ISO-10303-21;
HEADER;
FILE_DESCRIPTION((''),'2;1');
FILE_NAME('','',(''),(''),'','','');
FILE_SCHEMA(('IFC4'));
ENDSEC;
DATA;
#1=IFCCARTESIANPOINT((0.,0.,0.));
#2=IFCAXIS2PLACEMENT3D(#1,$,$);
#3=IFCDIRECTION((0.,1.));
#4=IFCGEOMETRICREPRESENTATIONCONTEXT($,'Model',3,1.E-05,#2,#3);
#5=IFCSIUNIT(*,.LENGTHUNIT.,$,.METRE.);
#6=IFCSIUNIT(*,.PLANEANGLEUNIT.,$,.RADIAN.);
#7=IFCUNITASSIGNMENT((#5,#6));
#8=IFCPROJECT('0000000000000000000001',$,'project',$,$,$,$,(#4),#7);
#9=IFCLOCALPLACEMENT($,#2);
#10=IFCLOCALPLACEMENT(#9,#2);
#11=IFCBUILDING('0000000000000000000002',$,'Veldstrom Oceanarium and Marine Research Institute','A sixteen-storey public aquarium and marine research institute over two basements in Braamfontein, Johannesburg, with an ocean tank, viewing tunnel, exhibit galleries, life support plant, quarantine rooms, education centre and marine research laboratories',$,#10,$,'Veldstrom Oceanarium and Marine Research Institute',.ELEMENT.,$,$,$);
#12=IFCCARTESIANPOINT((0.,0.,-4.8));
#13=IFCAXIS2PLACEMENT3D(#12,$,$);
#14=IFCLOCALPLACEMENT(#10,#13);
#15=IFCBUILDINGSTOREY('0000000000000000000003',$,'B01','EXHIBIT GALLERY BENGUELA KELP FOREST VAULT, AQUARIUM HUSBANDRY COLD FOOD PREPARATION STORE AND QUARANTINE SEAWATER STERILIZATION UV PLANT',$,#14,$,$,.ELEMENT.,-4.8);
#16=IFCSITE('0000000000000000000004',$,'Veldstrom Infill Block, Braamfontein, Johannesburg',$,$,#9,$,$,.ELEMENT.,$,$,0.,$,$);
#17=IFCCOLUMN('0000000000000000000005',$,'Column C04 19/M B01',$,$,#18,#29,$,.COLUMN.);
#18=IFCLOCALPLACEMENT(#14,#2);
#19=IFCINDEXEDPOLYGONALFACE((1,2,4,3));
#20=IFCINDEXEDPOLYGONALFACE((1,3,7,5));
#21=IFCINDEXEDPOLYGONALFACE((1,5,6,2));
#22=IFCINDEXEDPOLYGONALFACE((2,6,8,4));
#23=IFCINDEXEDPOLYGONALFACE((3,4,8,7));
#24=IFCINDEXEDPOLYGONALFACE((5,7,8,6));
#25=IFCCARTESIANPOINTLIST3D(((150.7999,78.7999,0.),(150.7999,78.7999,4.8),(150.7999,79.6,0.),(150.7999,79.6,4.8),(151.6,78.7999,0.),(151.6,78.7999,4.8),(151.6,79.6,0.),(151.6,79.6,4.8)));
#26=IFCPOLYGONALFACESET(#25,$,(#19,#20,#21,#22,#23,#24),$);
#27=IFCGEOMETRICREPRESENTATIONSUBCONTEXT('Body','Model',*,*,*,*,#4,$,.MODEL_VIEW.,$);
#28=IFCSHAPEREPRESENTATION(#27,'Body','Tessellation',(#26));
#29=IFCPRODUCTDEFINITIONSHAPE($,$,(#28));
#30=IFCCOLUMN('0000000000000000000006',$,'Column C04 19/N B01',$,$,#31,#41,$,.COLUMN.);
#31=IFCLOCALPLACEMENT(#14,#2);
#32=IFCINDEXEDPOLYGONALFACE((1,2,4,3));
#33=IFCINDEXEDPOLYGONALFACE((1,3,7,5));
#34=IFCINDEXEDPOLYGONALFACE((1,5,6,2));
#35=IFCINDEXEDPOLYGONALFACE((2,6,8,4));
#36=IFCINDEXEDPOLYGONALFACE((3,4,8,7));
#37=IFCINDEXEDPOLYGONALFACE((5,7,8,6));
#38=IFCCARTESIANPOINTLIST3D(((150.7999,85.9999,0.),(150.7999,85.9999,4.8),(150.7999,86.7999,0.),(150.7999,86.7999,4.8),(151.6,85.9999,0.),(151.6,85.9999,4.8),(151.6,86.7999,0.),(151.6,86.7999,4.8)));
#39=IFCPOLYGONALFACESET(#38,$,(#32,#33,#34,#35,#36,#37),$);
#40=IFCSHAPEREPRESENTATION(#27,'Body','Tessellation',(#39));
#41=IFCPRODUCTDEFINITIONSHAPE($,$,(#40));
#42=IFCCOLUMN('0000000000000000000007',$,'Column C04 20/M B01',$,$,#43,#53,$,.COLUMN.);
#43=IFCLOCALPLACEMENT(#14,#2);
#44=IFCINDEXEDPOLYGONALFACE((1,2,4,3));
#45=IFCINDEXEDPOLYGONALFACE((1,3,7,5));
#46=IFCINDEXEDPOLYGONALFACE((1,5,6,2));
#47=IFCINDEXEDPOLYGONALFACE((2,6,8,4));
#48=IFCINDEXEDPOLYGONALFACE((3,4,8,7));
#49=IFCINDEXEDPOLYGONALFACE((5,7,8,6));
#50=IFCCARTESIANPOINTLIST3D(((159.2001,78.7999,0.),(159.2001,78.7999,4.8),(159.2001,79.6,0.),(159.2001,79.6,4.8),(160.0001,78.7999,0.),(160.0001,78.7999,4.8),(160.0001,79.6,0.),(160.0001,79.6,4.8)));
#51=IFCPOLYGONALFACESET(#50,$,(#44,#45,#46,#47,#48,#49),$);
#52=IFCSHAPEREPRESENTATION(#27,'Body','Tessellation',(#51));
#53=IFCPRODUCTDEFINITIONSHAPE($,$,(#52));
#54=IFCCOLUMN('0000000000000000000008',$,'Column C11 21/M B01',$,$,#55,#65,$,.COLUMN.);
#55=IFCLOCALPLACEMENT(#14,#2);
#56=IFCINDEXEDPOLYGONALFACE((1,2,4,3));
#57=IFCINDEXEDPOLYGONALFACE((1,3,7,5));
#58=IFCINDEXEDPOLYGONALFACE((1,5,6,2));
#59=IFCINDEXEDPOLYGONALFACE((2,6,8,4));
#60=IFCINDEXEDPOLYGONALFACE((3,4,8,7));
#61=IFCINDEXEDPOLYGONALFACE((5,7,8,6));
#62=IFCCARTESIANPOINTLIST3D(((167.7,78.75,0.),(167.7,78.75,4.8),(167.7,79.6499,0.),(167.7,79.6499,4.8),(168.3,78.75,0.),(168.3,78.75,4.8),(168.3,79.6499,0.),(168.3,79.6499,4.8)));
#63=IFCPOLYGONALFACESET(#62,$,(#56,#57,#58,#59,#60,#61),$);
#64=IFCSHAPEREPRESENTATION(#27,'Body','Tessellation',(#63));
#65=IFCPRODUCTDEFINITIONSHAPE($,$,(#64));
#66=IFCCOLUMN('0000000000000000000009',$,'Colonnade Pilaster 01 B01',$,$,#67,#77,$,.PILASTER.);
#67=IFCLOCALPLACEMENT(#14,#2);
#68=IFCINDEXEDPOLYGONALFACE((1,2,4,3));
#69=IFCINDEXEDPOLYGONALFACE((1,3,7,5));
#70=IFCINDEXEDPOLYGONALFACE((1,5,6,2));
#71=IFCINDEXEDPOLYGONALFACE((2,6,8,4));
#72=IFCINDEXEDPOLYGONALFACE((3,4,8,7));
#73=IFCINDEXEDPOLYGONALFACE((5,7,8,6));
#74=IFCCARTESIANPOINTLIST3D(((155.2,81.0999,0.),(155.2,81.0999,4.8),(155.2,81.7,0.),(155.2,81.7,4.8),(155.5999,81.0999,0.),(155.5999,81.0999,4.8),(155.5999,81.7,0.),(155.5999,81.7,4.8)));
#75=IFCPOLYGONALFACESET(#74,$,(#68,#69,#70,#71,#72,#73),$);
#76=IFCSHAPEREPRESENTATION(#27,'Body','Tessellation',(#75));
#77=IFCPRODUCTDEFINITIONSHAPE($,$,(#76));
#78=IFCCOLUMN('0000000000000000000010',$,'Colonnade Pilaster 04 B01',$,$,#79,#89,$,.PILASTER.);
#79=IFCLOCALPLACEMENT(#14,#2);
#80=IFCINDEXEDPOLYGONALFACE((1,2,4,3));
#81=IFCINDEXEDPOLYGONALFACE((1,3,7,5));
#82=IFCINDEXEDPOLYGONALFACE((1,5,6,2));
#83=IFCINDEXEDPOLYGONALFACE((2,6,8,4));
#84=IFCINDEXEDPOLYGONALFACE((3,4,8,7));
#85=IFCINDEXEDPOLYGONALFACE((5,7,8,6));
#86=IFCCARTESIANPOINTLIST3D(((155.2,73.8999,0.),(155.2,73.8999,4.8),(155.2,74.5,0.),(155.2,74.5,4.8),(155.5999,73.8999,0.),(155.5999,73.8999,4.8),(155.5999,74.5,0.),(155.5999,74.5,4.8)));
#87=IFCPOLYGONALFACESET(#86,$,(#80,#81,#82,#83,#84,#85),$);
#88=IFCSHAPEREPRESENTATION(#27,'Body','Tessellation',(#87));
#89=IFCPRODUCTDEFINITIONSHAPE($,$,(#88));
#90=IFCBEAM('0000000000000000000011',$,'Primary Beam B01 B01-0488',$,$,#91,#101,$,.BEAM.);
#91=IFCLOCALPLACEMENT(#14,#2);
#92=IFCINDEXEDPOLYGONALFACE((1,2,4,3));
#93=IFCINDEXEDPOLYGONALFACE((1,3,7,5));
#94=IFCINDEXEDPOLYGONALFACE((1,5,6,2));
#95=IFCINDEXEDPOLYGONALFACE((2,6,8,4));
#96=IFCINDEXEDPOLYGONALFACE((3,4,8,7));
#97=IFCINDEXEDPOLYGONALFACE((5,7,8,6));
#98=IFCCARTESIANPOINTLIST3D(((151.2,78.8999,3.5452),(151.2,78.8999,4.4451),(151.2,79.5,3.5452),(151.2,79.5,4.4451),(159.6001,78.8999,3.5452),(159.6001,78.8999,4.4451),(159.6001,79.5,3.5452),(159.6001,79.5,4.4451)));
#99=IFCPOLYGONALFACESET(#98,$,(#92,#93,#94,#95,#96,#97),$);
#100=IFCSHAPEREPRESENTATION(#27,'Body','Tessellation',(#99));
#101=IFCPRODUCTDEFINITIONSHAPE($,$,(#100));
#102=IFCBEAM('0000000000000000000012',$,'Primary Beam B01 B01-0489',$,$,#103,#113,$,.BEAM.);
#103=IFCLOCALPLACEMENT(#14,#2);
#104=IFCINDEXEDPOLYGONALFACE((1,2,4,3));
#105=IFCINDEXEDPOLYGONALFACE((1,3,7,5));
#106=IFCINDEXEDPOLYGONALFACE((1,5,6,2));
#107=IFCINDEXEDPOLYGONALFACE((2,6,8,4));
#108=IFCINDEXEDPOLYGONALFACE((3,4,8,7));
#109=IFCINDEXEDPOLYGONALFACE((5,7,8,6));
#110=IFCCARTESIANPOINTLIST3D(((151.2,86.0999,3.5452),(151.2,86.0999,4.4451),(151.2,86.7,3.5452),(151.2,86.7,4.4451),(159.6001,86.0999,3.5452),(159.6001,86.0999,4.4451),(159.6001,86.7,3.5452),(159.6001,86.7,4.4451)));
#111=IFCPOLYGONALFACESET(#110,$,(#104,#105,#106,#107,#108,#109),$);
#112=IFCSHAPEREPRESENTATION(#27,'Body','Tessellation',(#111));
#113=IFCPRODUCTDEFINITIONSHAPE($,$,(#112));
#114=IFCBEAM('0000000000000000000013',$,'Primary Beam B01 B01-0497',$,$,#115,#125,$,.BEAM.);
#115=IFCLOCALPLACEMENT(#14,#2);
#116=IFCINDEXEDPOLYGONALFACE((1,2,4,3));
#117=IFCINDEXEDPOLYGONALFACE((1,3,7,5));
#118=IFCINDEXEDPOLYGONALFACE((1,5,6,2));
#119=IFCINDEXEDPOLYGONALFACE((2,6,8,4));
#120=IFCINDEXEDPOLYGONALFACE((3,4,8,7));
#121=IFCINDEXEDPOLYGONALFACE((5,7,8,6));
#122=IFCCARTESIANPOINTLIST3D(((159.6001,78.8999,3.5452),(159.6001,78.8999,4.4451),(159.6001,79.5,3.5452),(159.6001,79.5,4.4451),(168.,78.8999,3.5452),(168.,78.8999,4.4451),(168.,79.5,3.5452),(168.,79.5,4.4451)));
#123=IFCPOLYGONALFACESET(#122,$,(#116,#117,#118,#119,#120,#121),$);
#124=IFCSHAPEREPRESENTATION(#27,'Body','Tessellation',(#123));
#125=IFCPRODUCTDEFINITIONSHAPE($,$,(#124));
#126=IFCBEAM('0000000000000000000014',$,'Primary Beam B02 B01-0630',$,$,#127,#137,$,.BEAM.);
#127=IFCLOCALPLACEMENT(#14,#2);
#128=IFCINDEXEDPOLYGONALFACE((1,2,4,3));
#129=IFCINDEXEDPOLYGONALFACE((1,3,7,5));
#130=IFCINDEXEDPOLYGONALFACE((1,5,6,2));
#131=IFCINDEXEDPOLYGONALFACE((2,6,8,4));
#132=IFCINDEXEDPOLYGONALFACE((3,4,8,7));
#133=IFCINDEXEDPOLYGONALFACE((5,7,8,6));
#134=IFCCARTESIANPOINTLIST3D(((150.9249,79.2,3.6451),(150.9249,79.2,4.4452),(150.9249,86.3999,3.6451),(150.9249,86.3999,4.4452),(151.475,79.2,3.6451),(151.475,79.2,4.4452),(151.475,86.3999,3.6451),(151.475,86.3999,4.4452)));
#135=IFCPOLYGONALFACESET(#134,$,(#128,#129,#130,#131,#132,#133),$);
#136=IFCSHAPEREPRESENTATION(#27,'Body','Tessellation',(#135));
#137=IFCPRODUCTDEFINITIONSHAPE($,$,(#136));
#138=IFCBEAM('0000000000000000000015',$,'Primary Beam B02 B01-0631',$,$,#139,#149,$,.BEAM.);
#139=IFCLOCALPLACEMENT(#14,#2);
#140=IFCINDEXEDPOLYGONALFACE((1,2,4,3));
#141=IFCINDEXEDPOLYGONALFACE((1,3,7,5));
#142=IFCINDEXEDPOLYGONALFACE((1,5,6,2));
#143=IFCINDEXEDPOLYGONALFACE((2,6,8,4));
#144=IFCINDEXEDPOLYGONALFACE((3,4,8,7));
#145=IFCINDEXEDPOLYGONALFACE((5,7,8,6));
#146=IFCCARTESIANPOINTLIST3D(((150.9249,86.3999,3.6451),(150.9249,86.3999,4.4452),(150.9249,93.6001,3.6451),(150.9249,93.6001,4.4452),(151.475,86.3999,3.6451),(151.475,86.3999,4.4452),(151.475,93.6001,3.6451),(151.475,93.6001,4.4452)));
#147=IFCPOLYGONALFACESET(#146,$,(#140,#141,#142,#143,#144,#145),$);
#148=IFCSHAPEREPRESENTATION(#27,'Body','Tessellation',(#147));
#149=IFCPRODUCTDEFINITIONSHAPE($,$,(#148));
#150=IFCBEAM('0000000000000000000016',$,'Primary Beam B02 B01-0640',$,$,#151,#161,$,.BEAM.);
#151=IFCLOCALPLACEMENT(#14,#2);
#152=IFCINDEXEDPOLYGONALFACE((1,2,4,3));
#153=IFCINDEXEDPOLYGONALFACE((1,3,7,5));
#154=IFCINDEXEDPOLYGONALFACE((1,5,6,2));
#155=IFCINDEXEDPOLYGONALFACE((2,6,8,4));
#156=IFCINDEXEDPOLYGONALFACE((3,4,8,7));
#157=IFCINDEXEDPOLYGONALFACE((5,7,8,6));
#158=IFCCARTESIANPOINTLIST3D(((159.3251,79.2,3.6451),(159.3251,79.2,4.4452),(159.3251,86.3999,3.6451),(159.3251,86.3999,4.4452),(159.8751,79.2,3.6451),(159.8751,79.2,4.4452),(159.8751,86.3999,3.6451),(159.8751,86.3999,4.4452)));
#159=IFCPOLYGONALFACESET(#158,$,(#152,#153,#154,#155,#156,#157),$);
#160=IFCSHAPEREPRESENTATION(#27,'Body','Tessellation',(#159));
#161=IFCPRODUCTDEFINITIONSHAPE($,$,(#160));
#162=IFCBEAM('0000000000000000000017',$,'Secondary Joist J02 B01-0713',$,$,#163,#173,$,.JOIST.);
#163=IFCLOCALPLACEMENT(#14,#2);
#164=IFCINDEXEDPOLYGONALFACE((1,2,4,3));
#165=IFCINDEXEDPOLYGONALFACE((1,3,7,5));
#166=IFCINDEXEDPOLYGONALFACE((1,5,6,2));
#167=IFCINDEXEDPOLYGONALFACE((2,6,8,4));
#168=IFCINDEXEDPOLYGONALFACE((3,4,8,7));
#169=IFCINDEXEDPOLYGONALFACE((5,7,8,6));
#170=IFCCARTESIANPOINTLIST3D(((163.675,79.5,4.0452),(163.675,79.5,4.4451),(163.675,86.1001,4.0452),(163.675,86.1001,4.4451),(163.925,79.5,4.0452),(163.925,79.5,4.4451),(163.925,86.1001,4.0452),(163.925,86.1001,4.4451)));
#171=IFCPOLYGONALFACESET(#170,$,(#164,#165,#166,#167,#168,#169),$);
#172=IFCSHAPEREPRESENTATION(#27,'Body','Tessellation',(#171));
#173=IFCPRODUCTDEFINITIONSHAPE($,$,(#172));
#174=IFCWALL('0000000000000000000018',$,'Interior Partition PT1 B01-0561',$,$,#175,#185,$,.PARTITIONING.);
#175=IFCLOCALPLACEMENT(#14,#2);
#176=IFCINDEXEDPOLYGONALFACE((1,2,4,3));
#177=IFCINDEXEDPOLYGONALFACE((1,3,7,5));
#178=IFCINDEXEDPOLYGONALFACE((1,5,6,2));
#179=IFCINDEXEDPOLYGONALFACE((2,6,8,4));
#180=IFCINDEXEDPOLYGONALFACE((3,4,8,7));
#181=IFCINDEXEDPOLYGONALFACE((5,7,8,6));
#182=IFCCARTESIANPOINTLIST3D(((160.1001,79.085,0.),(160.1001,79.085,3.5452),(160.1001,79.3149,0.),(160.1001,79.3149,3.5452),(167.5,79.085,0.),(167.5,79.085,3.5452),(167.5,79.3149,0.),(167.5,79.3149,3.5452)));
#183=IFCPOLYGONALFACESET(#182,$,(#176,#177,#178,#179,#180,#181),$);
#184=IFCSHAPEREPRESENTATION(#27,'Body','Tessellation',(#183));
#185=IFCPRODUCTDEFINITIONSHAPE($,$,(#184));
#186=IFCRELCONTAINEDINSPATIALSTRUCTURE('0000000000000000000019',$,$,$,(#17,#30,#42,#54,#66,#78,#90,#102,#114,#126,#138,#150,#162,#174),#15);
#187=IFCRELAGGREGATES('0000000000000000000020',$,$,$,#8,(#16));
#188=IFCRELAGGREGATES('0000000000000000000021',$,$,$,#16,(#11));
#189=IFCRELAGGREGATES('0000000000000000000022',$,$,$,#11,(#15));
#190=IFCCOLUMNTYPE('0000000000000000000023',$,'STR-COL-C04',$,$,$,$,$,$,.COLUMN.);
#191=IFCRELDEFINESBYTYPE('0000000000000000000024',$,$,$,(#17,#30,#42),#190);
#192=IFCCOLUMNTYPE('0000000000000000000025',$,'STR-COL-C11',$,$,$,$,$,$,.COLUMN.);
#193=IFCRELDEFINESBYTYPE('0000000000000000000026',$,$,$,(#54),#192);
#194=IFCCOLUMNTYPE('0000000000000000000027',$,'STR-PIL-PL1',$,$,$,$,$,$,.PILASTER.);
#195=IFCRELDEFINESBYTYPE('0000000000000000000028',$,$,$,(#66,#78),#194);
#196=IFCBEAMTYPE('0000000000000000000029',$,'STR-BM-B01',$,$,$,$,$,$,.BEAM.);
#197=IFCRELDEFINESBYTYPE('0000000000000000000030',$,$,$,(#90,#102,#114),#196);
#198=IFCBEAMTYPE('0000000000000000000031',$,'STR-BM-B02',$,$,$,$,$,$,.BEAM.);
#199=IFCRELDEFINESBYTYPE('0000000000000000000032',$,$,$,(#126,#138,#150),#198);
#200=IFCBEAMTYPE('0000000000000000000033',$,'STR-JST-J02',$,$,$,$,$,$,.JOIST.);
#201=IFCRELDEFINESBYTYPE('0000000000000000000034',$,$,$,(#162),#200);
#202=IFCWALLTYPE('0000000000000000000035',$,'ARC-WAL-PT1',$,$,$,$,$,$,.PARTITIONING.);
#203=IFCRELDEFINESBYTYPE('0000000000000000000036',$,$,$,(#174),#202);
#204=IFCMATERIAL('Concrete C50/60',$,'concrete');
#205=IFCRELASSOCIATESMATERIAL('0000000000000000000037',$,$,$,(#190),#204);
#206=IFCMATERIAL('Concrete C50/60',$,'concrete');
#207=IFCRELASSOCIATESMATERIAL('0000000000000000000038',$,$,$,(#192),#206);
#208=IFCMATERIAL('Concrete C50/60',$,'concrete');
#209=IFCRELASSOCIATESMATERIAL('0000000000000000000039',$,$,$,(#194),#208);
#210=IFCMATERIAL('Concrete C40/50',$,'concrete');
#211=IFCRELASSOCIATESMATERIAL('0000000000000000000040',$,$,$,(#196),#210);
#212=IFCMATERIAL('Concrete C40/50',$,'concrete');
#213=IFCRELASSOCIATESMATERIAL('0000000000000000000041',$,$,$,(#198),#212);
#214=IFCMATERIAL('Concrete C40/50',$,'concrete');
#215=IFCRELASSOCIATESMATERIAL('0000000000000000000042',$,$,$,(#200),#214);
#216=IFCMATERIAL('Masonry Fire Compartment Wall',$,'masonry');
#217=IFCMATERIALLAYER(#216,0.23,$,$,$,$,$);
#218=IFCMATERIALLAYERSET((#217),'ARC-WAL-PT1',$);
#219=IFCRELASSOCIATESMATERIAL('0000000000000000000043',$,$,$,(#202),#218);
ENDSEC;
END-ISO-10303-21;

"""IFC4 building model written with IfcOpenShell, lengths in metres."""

from ifc_helpers import new_model, si_unit, direction, frame, frame_2d, origin, origin_2d, place, context, subcontext, project, spatial, rectangle, extrude, material, layer, layer_set, material_profile, profile_set, type_object, element, save


model = new_model("IFC4")

# Units and contexts
model_context = context("Model", 3, precision=1e-05, world=origin(), true_north=direction((0.0, 1.0)))
body_context = subcontext(model_context, "Body", "Model", "MODEL_VIEW")
ifc_project = project(units=[si_unit("LENGTHUNIT", "METRE"), si_unit("PLANEANGLEUNIT", "RADIAN")], contexts=[model_context])

# Site, building, storey
site_placement = place(None, origin())
site = spatial("IfcSite", under=ifc_project, at=site_placement, Name="Veldstrom Infill Block, Braamfontein, Johannesburg", CompositionType="ELEMENT", RefElevation=0.0)
building_placement = place(site_placement, origin())
building = spatial("IfcBuilding", under=site, at=building_placement, Name="Veldstrom Oceanarium and Marine Research Institute", Description="A sixteen-storey public aquarium and marine research institute over two basements in Braamfontein, Johannesburg, with an ocean tank, viewing tunnel, exhibit galleries, life support plant, quarantine rooms, education centre and marine research laboratories", LongName="Veldstrom Oceanarium and Marine Research Institute", CompositionType="ELEMENT")
storey_placement = place(building_placement, frame((0.0, 0.0, -4.8)))
storey = spatial("IfcBuildingStorey", under=building, at=storey_placement, Name="B01", Description="EXHIBIT GALLERY BENGUELA KELP FOREST VAULT, AQUARIUM HUSBANDRY COLD FOOD PREPARATION STORE AND QUARANTINE SEAWATER STERILIZATION UV PLANT", CompositionType="ELEMENT", Elevation=-4.8)

# Columns
ifc_material_1 = material(Name="Concrete C50/60", Category="concrete")
ifc_material_profile_1 = material_profile(ifc_material_1, rectangle(XDim=0.8, YDim=0.8, at=origin_2d()), Name="RC-COL-800x800")
ifc_profile_set_1 = profile_set([ifc_material_profile_1], Name="Concrete C50/60")
column_type_1 = type_object("IfcColumnType", Name="STR-COL-C04", PredefinedType="COLUMN", material=ifc_profile_set_1)
for number, where, z_axis, x_axis, name in (
    (1, (151.2, 79.2, 0.0), (0.0, 0.0, 1.0), (1.0, 0.0, 0.0), "Column C04 19/M B01"),
    (2, (151.2, 86.3999, 0.0), (0.0, 0.0, 1.0), (1.0, 0.0, 0.0), "Column C04 19/N B01"),
    (3, (159.6001, 79.2, 0.0), (0.0, 0.0, 1.0), (1.0, 0.0, 0.0), "Column C04 20/M B01"),
):
    element("IfcColumn", number, at=place(storey_placement, frame(where, z_axis=z_axis, x_axis=x_axis)), inside=storey, type_object=column_type_1, Name=name, PredefinedType="COLUMN", context=body_context, shape_type="SweptSolid", body=[
        extrude(rectangle(XDim=0.8, YDim=0.8, at=origin_2d()), origin(), (0.0, 0.0, 1.0), 4.8),
    ])
ifc_material_2 = material(Name="Concrete C50/60", Category="concrete")
ifc_material_profile_2 = material_profile(ifc_material_2, rectangle(XDim=0.6001, YDim=0.8999, at=origin_2d()), Name="RC-COL-900x600")
ifc_profile_set_2 = profile_set([ifc_material_profile_2], Name="Concrete C50/60")
column_type_2 = type_object("IfcColumnType", Name="STR-COL-C11", PredefinedType="COLUMN", material=ifc_profile_set_2)
column_placement = place(storey_placement, frame((168.0, 79.2, 0.0), z_axis=(0.0, 0.0, 1.0), x_axis=(1.0, 0.0, 0.0)))
element("IfcColumn", 4, at=column_placement, inside=storey, type_object=column_type_2, Name="Column C11 21/M B01", PredefinedType="COLUMN", context=body_context, shape_type="SweptSolid", body=[
    extrude(rectangle(XDim=0.6001, YDim=0.8999, at=origin_2d()), origin(), (0.0, 0.0, 1.0), 4.8),
])
ifc_material_3 = material(Name="Concrete C50/60", Category="concrete")
ifc_material_profile_3 = material_profile(ifc_material_3, rectangle(XDim=0.3999, YDim=0.6001, at=origin_2d()), Name="RC-PIL-600x400")
ifc_profile_set_3 = profile_set([ifc_material_profile_3], Name="Concrete C50/60")
column_type_3 = type_object("IfcColumnType", Name="STR-PIL-PL1", PredefinedType="PILASTER", material=ifc_profile_set_3)
for number, where, z_axis, x_axis, name in (
    (5, (155.3999, 81.3999, 0.0), (0.0, 0.0, 1.0), (1.0, 0.0, 0.0), "Colonnade Pilaster 01 B01"),
    (6, (155.3999, 74.2, 0.0), (0.0, 0.0, 1.0), (1.0, 0.0, 0.0), "Colonnade Pilaster 04 B01"),
):
    element("IfcColumn", number, at=place(storey_placement, frame(where, z_axis=z_axis, x_axis=x_axis)), inside=storey, type_object=column_type_3, Name=name, PredefinedType="PILASTER", context=body_context, shape_type="SweptSolid", body=[
        extrude(rectangle(XDim=0.3999, YDim=0.6001, at=origin_2d()), origin(), (0.0, 0.0, 1.0), 4.8),
    ])

# Beams
ifc_material_4 = material(Name="Concrete C40/50", Category="concrete")
ifc_material_profile_4 = material_profile(ifc_material_4, rectangle(XDim=0.6001, YDim=0.8999, at=origin_2d()), Name="RC-BM-600x900")
ifc_profile_set_4 = profile_set([ifc_material_profile_4], Name="Concrete C40/50")
beam_type_1 = type_object("IfcBeamType", Name="STR-BM-B01", PredefinedType="BEAM", material=ifc_profile_set_4)
for number, where, z_axis, x_axis, name in (
    (7, (151.2, 79.2, 3.9951), (1.0, 0.0, 0.0), (0.0, 1.0, 0.0), "Primary Beam B01 B01-0488"),
    (8, (151.2, 86.3999, 3.9951), (1.0, 0.0, 0.0), (0.0, 1.0, 0.0), "Primary Beam B01 B01-0489"),
):
    element("IfcBeam", number, at=place(storey_placement, frame(where, z_axis=z_axis, x_axis=x_axis)), inside=storey, type_object=beam_type_1, Name=name, PredefinedType="BEAM", context=body_context, shape_type="SweptSolid", body=[
        extrude(rectangle(XDim=0.6001, YDim=0.8999, at=origin_2d()), origin(), (0.0, 0.0, 1.0), 8.4001),
    ])
beam_1_placement = place(storey_placement, frame((159.6001, 79.2, 3.9951), z_axis=(1.0, 0.0, 0.0), x_axis=(0.0, 1.0, 0.0)))
element("IfcBeam", 9, at=beam_1_placement, inside=storey, type_object=beam_type_1, Name="Primary Beam B01 B01-0497", PredefinedType="BEAM", context=body_context, shape_type="SweptSolid", body=[
    extrude(rectangle(XDim=0.6001, YDim=0.8999, at=origin_2d()), origin(), (0.0, 0.0, 1.0), 8.3999),
])
ifc_material_5 = material(Name="Concrete C40/50", Category="concrete")
ifc_material_profile_5 = material_profile(ifc_material_5, rectangle(XDim=0.55, YDim=0.8, at=origin_2d()), Name="RC-BM-550x800")
ifc_profile_set_5 = profile_set([ifc_material_profile_5], Name="Concrete C40/50")
beam_type_2 = type_object("IfcBeamType", Name="STR-BM-B02", PredefinedType="BEAM", material=ifc_profile_set_5)
beam_2_placement = place(storey_placement, frame((151.2, 79.2, 4.0452), z_axis=(0.0, 1.0, 0.0), x_axis=(-1.0, 0.0, 0.0)))
element("IfcBeam", 10, at=beam_2_placement, inside=storey, type_object=beam_type_2, Name="Primary Beam B02 B01-0630", PredefinedType="BEAM", context=body_context, shape_type="SweptSolid", body=[
    extrude(rectangle(XDim=0.55, YDim=0.8, at=origin_2d()), origin(), (0.0, 0.0, 1.0), 7.2),
])
beam_3_placement = place(storey_placement, frame((151.2, 86.3999, 4.0452), z_axis=(0.0, 1.0, 0.0), x_axis=(-1.0, 0.0, 0.0)))
element("IfcBeam", 11, at=beam_3_placement, inside=storey, type_object=beam_type_2, Name="Primary Beam B02 B01-0631", PredefinedType="BEAM", context=body_context, shape_type="SweptSolid", body=[
    extrude(rectangle(XDim=0.55, YDim=0.8, at=origin_2d()), origin(), (0.0, 0.0, 1.0), 7.2002),
])
beam_4_placement = place(storey_placement, frame((159.6001, 79.2, 4.0452), z_axis=(0.0, 1.0, 0.0), x_axis=(-1.0, 0.0, 0.0)))
element("IfcBeam", 12, at=beam_4_placement, inside=storey, type_object=beam_type_2, Name="Primary Beam B02 B01-0640", PredefinedType="BEAM", context=body_context, shape_type="SweptSolid", body=[
    extrude(rectangle(XDim=0.55, YDim=0.8, at=origin_2d()), origin(), (0.0, 0.0, 1.0), 7.2),
])
ifc_material_6 = material(Name="Concrete C40/50", Category="concrete")
ifc_material_profile_6 = material_profile(ifc_material_6, rectangle(XDim=0.25, YDim=0.3999, at=origin_2d()), Name="RC-JST-250x400")
ifc_profile_set_6 = profile_set([ifc_material_profile_6], Name="Concrete C40/50")
beam_type_3 = type_object("IfcBeamType", Name="STR-JST-J02", PredefinedType="JOIST", material=ifc_profile_set_6)
beam_5_placement = place(storey_placement, frame((163.8, 79.5, 4.2451), z_axis=(0.0, 1.0, 0.0), x_axis=(-1.0, 0.0, 0.0)))
element("IfcBeam", 13, at=beam_5_placement, inside=storey, type_object=beam_type_3, Name="Secondary Joist J02 B01-0713", PredefinedType="JOIST", context=body_context, shape_type="SweptSolid", body=[
    extrude(rectangle(XDim=0.25, YDim=0.3999, at=origin_2d()), origin(), (0.0, 0.0, 1.0), 6.6001),
])

# Wall
ifc_material_7 = material(Name="Masonry Fire Compartment Wall", Category="masonry")
ifc_layer_1 = layer(ifc_material_7, 0.23)
ifc_layer_set_1 = layer_set([ifc_layer_1], Name="ARC-WAL-PT1")
wall_type_1 = type_object("IfcWallType", Name="ARC-WAL-PT1", PredefinedType="PARTITIONING", material=ifc_layer_set_1)
wall_1_placement = place(storey_placement, frame((160.1001, 79.2, 0.0), z_axis=(0.0, 0.0, 1.0), x_axis=(1.0, 0.0, 0.0)))
element("IfcWall", 14, at=wall_1_placement, inside=storey, type_object=wall_type_1, Name="Interior Partition PT1 B01-0561", PredefinedType="PARTITIONING", context=body_context, shape_type="SweptSolid", body=[
    extrude(rectangle(XDim=7.3999, YDim=0.23, at=frame_2d((3.7, 0.0))), origin(), (0.0, 0.0, 1.0), 3.5452),
])

save(model, "model.ifc")
